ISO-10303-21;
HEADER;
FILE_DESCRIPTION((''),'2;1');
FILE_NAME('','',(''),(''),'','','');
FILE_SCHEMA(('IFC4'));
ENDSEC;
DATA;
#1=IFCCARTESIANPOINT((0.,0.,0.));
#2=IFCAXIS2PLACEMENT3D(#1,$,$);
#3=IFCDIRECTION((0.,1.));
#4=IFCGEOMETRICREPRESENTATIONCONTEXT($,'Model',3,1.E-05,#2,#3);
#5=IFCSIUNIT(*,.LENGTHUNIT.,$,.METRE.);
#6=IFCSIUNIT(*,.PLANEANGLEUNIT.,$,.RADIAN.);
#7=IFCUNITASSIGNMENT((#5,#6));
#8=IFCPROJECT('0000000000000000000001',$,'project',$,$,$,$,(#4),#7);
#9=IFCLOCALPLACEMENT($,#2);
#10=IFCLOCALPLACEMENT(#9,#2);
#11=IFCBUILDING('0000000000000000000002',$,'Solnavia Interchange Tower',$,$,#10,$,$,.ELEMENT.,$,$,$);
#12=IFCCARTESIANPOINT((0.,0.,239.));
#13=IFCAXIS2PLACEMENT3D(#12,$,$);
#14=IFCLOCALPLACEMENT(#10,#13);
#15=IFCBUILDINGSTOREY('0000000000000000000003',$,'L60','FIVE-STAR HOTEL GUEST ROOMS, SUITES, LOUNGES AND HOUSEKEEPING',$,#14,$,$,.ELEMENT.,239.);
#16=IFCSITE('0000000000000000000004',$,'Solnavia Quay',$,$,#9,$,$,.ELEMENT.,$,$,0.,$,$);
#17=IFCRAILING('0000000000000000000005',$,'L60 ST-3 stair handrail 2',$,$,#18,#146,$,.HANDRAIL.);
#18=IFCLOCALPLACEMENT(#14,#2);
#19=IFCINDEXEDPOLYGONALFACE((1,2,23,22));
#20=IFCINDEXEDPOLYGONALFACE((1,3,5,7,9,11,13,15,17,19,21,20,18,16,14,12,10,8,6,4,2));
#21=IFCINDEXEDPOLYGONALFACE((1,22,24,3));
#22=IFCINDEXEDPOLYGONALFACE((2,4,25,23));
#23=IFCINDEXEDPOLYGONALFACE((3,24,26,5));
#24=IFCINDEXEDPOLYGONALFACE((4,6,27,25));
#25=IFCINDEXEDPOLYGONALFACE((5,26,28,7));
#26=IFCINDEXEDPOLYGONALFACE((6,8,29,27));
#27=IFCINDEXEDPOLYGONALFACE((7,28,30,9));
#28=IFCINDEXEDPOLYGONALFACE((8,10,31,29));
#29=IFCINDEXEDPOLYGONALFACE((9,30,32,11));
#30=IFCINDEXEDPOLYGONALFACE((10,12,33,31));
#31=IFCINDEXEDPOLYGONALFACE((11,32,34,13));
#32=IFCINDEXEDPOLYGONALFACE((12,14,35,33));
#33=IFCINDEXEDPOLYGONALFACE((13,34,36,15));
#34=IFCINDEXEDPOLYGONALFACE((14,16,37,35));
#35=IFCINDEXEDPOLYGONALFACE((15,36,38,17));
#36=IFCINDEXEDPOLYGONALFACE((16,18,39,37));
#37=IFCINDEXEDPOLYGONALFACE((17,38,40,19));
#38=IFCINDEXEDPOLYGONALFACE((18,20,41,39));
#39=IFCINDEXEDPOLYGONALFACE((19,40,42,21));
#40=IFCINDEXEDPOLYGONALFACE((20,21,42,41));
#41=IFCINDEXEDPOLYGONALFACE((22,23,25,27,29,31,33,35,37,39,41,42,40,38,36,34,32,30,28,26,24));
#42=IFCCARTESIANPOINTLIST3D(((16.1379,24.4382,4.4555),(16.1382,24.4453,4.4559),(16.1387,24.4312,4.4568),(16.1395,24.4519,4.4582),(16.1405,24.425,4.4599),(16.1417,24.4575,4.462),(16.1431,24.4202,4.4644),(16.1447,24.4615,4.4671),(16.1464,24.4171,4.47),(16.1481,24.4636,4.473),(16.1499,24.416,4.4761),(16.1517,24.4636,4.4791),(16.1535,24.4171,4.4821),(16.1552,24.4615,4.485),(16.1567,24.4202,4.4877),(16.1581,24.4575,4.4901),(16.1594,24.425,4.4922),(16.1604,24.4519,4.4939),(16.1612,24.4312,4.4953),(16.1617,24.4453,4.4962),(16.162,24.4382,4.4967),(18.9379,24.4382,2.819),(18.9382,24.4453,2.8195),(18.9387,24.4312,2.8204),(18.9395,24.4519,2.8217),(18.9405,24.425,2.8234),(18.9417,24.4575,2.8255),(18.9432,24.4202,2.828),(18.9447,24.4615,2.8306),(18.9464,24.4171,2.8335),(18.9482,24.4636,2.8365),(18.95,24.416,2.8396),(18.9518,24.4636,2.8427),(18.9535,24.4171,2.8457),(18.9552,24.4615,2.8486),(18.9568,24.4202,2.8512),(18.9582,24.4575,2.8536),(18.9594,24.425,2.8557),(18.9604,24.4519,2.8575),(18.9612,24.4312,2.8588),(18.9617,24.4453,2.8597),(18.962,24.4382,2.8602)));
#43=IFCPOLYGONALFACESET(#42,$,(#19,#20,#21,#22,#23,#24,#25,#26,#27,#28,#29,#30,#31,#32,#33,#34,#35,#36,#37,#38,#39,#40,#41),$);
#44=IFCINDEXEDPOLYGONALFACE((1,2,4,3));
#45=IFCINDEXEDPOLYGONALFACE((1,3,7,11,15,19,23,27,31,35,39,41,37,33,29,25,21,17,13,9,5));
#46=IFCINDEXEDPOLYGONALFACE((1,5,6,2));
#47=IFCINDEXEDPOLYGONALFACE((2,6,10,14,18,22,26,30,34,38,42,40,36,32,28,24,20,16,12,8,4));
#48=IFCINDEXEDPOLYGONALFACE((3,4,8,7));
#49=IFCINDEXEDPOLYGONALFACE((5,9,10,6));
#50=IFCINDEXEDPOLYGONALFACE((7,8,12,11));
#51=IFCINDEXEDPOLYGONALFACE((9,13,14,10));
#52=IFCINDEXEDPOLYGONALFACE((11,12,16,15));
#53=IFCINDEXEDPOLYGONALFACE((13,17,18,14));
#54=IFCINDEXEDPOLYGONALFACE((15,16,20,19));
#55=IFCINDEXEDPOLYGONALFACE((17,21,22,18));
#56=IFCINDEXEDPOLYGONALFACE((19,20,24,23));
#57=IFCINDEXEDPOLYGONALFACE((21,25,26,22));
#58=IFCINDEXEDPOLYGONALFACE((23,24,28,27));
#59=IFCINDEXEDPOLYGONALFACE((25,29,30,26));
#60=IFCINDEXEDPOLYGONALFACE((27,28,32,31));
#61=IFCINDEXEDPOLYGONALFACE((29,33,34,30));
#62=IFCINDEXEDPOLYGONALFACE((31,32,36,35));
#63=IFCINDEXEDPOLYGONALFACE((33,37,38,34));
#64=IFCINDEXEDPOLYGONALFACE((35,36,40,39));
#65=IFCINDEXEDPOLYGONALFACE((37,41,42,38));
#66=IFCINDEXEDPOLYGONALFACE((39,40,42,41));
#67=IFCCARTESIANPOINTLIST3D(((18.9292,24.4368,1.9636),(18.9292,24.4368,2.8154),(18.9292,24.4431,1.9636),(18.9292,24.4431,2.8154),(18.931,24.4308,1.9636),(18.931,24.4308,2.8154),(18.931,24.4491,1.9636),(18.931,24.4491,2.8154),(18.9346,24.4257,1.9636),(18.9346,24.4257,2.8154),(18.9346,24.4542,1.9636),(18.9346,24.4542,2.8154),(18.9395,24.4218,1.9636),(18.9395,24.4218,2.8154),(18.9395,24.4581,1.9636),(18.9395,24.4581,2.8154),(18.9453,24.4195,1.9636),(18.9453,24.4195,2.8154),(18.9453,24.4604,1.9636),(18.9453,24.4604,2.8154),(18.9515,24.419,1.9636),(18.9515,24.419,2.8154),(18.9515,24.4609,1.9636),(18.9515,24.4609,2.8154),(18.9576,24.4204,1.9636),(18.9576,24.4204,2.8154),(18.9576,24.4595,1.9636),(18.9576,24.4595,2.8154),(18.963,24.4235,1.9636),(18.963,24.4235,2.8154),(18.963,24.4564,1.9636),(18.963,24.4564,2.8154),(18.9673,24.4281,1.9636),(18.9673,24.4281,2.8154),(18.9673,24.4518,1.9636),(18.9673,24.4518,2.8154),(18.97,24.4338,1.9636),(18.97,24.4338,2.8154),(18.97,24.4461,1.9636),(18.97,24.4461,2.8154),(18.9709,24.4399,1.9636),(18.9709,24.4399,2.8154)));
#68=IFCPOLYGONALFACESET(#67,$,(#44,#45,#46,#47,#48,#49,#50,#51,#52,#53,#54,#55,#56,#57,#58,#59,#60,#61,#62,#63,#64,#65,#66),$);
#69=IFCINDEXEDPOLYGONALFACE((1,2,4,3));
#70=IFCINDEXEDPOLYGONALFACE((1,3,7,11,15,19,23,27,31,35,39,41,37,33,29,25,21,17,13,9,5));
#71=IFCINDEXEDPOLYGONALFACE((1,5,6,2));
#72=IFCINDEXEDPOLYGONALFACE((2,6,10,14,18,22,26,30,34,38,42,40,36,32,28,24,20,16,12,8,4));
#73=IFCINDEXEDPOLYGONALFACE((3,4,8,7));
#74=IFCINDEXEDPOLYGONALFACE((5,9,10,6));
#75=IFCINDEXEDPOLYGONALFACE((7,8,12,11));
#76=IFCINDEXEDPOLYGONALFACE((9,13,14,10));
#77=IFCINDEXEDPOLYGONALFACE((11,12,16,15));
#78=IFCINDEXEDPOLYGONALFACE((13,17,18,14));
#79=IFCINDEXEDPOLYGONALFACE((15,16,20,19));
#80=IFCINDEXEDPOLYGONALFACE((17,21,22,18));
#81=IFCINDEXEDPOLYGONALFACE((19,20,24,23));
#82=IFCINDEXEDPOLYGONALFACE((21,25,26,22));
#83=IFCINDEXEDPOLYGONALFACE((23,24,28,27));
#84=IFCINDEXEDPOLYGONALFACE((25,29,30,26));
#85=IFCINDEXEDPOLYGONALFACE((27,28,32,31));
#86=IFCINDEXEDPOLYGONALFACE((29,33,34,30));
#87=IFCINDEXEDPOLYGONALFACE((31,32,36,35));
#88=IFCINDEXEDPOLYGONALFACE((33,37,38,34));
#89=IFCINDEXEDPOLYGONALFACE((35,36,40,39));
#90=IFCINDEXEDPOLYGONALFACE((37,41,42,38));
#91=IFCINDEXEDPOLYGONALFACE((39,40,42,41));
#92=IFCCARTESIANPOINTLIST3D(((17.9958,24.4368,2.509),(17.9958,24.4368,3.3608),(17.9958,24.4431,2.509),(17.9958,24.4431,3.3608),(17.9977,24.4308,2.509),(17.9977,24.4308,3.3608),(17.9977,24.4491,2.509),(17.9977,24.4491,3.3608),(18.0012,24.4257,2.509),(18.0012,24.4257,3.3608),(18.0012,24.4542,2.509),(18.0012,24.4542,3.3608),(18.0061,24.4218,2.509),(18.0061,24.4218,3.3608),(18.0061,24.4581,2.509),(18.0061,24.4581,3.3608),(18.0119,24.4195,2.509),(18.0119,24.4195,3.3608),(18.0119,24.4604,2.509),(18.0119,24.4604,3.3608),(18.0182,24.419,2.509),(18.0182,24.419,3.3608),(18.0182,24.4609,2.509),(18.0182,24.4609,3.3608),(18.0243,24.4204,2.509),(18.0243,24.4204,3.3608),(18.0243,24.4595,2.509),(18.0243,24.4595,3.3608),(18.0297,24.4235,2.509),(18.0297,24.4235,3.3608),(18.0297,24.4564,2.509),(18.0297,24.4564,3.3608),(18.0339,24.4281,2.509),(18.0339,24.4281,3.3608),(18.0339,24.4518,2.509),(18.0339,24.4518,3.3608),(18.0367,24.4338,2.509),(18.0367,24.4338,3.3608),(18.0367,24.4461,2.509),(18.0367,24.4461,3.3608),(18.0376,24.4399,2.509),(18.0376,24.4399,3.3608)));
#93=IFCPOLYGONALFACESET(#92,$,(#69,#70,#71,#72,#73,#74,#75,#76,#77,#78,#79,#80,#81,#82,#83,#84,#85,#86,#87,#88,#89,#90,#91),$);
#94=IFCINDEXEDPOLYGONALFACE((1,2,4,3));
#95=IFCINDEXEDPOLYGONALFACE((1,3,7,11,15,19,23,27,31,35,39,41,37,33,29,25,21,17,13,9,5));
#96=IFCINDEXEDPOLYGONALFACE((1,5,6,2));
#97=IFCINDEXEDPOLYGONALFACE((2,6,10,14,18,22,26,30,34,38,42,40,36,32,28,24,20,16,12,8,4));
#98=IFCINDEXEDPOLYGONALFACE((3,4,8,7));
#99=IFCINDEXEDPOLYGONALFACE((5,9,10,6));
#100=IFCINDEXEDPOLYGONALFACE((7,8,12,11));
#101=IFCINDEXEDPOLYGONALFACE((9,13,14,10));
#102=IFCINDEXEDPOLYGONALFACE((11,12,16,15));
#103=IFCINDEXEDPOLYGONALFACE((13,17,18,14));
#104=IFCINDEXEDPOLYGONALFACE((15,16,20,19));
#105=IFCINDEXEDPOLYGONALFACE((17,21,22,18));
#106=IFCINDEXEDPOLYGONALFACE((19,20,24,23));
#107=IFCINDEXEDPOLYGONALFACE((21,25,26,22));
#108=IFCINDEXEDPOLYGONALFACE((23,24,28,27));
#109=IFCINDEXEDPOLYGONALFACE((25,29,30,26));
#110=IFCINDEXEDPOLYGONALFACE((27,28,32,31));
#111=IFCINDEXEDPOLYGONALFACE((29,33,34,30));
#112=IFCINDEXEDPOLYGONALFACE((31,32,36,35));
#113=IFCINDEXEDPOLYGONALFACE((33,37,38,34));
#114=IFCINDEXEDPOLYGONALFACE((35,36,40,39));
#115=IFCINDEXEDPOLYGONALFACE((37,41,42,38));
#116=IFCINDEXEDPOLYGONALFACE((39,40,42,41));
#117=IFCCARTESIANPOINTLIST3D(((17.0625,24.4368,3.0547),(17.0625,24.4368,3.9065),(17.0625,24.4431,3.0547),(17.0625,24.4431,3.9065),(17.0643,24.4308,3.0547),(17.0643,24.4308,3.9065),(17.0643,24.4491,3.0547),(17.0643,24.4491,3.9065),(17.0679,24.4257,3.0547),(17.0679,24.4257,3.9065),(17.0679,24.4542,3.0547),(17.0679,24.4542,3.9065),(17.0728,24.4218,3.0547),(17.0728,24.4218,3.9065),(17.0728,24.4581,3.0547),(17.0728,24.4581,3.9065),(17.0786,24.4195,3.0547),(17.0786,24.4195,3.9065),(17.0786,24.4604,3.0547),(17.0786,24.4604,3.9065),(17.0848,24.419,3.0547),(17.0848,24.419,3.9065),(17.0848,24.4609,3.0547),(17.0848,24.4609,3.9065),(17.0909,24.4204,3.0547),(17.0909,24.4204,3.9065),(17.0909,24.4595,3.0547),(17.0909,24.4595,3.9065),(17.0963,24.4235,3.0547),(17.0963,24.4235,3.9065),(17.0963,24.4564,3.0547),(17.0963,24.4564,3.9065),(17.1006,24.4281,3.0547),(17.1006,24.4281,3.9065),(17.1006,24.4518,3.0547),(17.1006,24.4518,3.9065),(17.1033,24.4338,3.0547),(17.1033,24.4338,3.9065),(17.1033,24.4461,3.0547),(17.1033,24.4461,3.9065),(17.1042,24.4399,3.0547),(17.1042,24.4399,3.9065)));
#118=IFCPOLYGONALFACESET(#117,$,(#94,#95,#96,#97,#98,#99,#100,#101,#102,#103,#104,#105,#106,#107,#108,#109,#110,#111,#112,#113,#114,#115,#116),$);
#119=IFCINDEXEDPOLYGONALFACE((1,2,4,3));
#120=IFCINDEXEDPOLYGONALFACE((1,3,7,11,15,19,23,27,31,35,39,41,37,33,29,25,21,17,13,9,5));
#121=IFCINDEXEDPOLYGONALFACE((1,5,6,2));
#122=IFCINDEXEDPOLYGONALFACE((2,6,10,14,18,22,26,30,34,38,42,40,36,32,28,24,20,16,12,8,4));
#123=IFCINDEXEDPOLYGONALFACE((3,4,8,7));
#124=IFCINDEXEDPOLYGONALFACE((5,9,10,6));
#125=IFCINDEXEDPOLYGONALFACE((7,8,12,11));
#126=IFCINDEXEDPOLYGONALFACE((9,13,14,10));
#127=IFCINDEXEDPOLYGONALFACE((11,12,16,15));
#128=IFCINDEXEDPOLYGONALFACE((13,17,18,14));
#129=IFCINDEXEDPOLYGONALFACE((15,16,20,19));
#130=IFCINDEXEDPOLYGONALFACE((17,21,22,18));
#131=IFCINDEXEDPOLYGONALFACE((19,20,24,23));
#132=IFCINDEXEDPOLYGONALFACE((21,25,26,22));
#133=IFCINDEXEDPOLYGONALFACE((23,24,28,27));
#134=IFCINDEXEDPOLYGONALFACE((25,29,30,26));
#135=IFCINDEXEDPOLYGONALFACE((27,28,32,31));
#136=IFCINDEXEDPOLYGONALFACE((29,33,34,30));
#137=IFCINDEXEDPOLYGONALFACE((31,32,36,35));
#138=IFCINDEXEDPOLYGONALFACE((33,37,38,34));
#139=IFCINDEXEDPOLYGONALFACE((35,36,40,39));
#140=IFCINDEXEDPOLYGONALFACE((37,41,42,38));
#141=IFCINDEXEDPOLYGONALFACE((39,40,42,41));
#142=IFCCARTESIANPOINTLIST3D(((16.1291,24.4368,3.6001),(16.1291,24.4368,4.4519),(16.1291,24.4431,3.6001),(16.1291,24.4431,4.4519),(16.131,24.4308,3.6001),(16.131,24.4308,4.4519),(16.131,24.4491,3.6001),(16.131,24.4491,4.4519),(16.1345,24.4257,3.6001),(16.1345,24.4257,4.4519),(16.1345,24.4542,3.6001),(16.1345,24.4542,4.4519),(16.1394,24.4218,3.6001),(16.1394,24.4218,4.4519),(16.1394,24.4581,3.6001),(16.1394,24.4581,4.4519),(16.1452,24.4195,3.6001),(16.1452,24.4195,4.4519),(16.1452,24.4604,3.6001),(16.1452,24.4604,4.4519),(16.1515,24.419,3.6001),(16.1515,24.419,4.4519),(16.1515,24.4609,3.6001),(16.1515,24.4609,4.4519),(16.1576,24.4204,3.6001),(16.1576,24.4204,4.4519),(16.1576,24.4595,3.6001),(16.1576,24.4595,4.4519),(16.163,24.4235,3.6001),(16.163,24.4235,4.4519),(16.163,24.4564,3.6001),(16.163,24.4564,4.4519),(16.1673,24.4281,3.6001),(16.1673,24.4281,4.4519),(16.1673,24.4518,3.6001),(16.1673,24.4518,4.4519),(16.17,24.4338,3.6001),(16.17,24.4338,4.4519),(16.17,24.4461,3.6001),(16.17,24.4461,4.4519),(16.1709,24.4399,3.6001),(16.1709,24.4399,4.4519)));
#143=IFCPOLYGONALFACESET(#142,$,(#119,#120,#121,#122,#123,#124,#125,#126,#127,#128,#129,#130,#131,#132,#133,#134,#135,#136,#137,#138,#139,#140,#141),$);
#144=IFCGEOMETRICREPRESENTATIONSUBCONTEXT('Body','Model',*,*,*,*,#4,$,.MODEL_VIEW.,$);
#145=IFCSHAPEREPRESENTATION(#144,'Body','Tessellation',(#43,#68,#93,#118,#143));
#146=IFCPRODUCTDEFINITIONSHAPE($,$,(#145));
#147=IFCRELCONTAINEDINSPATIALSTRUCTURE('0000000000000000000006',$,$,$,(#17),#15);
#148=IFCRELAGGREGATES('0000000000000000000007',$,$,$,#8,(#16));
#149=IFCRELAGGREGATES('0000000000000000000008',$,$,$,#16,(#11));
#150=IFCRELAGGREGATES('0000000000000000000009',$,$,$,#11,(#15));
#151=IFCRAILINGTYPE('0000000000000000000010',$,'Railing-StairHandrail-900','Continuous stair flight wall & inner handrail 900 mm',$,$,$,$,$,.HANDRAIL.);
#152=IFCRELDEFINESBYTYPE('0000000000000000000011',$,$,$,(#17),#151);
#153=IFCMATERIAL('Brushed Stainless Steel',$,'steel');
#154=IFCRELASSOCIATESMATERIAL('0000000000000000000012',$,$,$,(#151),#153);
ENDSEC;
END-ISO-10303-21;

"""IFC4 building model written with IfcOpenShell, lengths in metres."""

from ifc_helpers import new_model, si_unit, direction, frame, origin, origin_2d, place, context, subcontext, project, spatial, circle, extrude, material, type_object, element, save


model = new_model("IFC4")

# Units and contexts
model_context = context("Model", 3, precision=1e-05, world=origin(), true_north=direction((0.0, 1.0)))
body_context = subcontext(model_context, "Body", "Model", "MODEL_VIEW")
ifc_project = project(units=[si_unit("LENGTHUNIT", "METRE"), si_unit("PLANEANGLEUNIT", "RADIAN")], contexts=[model_context])

# Site, building, storey
site_placement = place(None, origin())
site = spatial("IfcSite", under=ifc_project, at=site_placement, Name="Solnavia Quay", CompositionType="ELEMENT", RefElevation=0.0)
building_placement = place(site_placement, origin())
building = spatial("IfcBuilding", under=site, at=building_placement, Name="Solnavia Interchange Tower", CompositionType="ELEMENT")
storey_placement = place(building_placement, frame((0.0, 0.0, 239.0)))
storey = spatial("IfcBuildingStorey", under=building, at=storey_placement, Name="L60", Description="FIVE-STAR HOTEL GUEST ROOMS, SUITES, LOUNGES AND HOUSEKEEPING", CompositionType="ELEMENT", Elevation=239.0)

# Railing
ifc_material_1 = material(Name="Brushed Stainless Steel", Category="steel")
railing_type = type_object("IfcRailingType", Name="Railing-StairHandrail-900", Description="Continuous stair flight wall & inner handrail 900 mm", PredefinedType="HANDRAIL", material=ifc_material_1)
railing_placement = place(storey_placement, frame((18.95, 24.4399, 1.9636)))
element("IfcRailing", 1, at=railing_placement, inside=storey, type_object=railing_type, Name="L60 ST-3 stair handrail 2", PredefinedType="HANDRAIL", context=body_context, shape_type="SweptSolid", body=[
    extrude(circle(Radius=0.0239, at=origin_2d()), frame((0.0, 0.0, 0.876), z_axis=(-0.863361, 0.0, 0.504587), x_axis=(0.0, -1.0, 0.0)), (0.0, 0.0, 1.0), 3.2432),
    extrude(circle(Radius=0.021, at=origin_2d()), origin(), (0.0, 0.0, 1.0), 0.8518),
    extrude(circle(Radius=0.021, at=origin_2d()), frame((-0.9333, 0.0, 0.5454)), (0.0, 0.0, 1.0), 0.8518),
    extrude(circle(Radius=0.021, at=origin_2d()), frame((-1.8667, 0.0, 1.0911)), (0.0, 0.0, 1.0), 0.8518),
    extrude(circle(Radius=0.021, at=origin_2d()), frame((-2.8, 0.0, 1.6365)), (0.0, 0.0, 1.0), 0.8518),
])

save(model, "model.ifc")
